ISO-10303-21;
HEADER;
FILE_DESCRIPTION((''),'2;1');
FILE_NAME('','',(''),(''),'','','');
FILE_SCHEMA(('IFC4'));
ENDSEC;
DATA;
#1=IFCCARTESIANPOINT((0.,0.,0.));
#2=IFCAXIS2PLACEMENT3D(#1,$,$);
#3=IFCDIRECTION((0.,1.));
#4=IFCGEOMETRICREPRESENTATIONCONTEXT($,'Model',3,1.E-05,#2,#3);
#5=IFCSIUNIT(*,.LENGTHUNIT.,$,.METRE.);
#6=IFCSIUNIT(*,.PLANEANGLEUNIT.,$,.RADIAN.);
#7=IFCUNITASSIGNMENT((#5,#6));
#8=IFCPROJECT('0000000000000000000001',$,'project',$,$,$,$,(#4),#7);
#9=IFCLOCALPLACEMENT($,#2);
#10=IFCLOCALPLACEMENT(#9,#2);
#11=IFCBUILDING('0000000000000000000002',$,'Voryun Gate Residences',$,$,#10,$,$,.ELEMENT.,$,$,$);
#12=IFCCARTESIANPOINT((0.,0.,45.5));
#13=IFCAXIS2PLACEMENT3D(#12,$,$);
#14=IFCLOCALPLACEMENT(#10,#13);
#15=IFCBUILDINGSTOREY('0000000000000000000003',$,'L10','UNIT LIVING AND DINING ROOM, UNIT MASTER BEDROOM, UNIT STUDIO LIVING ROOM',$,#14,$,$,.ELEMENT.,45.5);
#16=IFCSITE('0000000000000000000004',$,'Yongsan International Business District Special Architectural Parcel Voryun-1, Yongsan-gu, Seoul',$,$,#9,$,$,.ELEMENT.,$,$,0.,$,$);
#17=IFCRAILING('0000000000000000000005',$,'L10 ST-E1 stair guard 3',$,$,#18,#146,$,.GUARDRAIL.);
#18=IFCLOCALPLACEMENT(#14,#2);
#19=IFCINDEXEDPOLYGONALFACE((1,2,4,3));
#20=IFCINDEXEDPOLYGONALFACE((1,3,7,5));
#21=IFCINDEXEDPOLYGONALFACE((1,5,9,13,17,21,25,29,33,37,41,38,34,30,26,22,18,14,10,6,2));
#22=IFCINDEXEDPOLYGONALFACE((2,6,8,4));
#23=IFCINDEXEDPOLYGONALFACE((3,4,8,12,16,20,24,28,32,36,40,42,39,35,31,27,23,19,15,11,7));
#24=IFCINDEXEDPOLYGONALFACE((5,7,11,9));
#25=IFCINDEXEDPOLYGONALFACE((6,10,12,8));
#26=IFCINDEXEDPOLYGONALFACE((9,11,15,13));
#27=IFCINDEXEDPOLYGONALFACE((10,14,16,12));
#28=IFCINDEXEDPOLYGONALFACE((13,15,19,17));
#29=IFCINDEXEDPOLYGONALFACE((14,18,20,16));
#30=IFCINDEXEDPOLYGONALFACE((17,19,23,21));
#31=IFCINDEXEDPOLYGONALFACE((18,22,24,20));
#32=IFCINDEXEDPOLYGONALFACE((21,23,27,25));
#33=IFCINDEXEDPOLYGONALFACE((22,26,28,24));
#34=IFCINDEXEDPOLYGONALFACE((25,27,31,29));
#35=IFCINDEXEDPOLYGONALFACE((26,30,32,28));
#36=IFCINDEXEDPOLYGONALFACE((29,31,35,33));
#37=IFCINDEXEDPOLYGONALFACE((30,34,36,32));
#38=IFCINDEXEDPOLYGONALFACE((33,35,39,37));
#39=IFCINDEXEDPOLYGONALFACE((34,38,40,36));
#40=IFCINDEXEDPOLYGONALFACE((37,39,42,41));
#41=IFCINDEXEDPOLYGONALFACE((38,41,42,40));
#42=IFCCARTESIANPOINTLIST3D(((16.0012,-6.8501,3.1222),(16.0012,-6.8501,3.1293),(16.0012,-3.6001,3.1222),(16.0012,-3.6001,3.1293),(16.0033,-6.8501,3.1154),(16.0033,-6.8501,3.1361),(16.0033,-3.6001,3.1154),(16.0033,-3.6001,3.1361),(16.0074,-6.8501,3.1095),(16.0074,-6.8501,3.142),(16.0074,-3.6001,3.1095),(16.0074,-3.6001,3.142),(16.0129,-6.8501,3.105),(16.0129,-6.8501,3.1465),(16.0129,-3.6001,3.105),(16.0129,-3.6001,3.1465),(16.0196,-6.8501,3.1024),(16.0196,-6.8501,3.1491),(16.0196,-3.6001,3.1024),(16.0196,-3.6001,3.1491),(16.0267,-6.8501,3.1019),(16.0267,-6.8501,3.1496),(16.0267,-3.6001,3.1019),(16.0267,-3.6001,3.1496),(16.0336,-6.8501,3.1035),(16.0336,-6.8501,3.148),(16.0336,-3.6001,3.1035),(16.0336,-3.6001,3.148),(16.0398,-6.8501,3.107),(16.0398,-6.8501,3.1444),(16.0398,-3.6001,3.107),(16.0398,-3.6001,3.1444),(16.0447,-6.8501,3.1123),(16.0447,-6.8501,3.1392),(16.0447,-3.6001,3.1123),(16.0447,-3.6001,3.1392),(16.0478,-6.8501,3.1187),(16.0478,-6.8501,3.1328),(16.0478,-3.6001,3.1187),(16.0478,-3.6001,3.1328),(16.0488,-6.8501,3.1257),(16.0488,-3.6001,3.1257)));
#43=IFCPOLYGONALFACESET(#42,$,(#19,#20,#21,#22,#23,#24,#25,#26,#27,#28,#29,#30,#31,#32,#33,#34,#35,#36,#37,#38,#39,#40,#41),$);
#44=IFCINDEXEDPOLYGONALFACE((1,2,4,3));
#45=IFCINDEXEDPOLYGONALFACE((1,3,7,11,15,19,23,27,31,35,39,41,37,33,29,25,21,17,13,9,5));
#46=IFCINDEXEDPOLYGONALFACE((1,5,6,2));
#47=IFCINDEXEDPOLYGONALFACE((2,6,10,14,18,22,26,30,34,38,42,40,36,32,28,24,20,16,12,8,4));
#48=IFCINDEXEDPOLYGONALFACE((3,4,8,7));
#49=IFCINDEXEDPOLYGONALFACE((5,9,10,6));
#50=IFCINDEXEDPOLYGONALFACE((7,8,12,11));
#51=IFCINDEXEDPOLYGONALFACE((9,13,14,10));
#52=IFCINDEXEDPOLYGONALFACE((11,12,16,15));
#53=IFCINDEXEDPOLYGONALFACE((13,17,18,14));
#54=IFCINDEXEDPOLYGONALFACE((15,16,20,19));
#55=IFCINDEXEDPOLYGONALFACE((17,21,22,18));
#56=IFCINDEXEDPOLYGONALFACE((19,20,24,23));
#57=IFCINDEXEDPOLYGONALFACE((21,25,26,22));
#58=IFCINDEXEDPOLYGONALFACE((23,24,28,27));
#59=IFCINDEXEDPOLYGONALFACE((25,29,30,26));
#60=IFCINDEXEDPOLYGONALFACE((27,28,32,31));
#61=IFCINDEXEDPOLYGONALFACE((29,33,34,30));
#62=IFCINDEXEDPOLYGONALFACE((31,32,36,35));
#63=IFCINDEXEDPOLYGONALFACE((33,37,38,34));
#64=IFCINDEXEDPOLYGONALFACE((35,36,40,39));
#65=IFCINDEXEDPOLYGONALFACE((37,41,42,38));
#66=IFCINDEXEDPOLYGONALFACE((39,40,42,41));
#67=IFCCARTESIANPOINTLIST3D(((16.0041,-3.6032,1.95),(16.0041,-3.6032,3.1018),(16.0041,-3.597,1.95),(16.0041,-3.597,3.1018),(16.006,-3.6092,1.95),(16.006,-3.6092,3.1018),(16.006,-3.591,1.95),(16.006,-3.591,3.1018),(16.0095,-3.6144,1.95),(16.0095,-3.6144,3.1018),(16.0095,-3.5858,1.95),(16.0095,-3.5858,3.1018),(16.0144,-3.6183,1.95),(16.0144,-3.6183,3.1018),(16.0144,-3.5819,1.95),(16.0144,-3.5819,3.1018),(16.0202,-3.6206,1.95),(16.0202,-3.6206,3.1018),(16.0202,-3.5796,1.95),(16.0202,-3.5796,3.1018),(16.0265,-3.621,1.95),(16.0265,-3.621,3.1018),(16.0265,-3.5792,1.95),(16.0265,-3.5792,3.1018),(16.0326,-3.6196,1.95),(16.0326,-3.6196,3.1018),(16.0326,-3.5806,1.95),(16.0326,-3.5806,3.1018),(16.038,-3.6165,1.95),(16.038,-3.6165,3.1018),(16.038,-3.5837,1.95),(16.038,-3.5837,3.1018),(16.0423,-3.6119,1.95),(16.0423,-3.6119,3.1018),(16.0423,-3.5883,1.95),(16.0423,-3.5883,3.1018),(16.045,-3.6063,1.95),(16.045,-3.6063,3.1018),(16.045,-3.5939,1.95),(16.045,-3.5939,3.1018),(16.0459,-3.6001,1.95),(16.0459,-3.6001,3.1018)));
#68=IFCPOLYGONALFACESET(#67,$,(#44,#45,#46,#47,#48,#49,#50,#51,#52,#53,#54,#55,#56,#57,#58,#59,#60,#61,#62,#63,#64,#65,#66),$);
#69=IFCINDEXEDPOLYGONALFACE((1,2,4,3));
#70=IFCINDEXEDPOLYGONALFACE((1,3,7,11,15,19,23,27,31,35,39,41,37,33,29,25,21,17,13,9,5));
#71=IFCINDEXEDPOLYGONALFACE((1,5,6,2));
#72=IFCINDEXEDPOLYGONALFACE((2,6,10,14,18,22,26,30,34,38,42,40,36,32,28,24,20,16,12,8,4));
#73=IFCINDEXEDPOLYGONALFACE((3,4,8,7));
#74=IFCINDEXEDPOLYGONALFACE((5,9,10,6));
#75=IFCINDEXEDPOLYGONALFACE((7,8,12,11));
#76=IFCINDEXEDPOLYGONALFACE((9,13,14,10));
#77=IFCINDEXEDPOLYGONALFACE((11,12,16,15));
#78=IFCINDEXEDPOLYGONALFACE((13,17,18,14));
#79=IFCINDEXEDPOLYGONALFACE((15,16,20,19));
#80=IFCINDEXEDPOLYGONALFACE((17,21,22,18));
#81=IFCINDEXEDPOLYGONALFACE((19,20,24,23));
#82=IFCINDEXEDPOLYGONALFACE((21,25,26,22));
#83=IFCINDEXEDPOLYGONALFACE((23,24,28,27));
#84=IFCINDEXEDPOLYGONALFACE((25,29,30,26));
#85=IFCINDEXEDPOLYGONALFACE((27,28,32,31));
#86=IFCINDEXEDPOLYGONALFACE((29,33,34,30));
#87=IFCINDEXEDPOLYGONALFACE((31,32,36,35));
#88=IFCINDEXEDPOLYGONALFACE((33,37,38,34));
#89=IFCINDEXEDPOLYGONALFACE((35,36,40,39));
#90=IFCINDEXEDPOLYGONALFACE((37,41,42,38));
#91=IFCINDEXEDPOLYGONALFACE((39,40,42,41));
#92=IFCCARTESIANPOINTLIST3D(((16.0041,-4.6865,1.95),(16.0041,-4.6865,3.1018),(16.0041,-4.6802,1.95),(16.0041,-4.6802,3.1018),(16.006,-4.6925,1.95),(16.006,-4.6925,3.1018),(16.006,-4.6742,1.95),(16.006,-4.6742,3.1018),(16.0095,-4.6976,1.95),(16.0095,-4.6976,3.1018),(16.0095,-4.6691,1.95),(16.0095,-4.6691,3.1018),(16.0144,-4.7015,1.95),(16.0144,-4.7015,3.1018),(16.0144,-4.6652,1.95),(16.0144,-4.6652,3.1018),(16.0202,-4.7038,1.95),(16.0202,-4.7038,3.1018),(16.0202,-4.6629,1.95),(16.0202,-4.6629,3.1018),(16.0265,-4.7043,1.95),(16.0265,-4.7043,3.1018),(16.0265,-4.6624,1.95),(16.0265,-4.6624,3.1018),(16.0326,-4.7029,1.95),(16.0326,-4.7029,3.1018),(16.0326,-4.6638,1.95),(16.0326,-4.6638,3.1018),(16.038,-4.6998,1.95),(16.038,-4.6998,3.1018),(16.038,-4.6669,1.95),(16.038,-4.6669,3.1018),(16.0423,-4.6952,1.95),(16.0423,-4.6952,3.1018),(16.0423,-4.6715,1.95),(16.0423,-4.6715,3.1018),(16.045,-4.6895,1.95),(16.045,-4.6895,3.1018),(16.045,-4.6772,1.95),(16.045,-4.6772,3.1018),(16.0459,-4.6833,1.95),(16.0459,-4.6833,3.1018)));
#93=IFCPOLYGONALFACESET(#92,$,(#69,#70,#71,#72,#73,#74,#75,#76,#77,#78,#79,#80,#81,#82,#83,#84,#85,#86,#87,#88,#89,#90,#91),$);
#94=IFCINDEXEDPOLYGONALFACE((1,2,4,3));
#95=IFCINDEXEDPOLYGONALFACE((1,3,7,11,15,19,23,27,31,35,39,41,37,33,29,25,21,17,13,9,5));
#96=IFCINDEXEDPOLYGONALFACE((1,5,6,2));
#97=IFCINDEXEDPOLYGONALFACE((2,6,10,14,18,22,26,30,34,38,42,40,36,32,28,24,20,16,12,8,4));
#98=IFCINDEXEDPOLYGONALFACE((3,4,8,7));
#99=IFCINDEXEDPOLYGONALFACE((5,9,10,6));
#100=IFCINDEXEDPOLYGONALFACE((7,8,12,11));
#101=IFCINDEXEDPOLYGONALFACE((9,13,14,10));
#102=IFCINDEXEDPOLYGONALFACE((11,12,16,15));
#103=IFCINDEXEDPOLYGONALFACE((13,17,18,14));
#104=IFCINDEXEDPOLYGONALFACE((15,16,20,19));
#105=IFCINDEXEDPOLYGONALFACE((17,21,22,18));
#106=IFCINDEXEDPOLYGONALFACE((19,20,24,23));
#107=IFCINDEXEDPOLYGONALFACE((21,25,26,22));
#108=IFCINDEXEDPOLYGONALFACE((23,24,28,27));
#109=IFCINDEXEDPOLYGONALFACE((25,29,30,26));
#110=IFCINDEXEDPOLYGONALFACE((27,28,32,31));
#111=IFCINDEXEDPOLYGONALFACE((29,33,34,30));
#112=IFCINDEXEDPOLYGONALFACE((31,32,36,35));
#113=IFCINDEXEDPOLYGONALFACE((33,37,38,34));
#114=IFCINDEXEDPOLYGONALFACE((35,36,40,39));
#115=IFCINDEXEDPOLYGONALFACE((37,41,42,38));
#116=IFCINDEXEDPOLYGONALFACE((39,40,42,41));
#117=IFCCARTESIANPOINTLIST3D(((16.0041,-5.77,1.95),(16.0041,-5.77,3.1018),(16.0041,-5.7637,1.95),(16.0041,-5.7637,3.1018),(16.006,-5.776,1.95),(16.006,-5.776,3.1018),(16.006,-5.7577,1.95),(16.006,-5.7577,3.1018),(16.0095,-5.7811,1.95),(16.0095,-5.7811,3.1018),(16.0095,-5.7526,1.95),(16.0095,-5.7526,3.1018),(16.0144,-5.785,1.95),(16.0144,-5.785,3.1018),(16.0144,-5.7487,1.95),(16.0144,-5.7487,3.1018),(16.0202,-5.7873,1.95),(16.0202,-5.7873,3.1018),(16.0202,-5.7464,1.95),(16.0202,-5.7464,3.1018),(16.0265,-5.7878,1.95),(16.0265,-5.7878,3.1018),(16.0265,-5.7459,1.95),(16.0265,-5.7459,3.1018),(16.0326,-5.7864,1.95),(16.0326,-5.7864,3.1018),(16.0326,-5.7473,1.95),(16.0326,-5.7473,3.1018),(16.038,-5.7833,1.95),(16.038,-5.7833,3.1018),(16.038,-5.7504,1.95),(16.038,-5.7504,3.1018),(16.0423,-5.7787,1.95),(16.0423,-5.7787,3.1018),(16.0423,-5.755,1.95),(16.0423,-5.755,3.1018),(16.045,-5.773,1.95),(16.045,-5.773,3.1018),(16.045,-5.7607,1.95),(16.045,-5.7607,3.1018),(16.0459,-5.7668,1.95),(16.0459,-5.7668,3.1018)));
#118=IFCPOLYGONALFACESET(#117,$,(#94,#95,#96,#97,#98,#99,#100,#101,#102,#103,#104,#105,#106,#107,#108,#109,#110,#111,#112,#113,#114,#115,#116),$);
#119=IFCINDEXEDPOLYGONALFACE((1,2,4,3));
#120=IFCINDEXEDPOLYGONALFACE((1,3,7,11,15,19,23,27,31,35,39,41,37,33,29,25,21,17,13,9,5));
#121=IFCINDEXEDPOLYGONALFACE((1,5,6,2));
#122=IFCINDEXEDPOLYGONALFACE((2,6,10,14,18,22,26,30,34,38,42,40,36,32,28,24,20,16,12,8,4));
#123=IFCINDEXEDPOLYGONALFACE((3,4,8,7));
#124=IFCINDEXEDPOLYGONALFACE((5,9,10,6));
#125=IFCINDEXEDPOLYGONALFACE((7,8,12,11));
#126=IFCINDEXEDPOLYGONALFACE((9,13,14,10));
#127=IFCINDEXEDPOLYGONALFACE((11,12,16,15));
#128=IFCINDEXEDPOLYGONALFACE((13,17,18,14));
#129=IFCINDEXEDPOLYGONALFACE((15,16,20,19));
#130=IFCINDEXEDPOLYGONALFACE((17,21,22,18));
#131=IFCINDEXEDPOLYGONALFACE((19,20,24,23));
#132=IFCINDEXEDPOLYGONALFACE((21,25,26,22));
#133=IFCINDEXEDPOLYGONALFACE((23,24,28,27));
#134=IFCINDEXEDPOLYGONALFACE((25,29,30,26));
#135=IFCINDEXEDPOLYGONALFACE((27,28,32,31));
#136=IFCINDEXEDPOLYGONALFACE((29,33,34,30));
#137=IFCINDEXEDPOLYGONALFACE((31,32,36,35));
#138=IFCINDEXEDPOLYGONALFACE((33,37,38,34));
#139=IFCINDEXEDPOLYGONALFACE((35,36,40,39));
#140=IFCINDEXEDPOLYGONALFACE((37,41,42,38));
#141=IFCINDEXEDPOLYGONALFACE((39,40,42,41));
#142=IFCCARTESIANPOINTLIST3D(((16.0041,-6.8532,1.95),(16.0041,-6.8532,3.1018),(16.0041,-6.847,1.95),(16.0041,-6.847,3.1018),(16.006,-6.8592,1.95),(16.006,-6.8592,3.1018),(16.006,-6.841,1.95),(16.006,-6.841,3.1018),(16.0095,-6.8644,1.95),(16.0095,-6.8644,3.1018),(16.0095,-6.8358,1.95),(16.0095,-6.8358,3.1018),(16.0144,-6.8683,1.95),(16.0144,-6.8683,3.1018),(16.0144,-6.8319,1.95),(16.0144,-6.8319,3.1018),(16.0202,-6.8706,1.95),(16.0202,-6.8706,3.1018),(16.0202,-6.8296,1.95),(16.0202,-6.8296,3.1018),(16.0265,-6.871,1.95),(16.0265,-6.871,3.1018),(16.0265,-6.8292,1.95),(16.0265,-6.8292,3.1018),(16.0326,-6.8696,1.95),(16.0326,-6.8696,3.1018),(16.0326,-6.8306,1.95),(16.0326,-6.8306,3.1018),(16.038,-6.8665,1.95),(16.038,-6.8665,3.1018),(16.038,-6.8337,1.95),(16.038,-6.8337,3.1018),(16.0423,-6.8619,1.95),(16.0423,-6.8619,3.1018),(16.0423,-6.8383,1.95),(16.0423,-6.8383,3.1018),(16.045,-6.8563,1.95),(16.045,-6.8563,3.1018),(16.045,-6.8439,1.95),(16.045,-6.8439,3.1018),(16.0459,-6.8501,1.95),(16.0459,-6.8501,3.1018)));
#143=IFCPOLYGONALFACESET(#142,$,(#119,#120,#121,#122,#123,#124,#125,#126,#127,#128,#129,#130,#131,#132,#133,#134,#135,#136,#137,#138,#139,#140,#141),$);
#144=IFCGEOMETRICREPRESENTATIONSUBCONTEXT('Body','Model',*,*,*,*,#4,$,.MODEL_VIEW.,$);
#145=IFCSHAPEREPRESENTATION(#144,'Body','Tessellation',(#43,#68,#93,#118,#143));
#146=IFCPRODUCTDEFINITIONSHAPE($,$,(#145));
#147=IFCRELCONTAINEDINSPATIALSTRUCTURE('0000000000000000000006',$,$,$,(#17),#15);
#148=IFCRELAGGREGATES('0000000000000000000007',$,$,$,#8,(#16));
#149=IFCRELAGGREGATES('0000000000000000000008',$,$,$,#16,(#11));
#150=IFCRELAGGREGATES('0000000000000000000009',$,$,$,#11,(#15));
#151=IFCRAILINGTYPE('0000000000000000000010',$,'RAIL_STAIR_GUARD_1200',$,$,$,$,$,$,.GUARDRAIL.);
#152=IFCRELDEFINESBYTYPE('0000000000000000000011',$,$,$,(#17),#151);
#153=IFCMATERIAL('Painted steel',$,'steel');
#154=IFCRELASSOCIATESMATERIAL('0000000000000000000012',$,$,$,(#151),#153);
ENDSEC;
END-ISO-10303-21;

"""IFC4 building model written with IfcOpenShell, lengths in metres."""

from ifc_helpers import new_model, si_unit, direction, frame, origin, origin_2d, place, context, subcontext, project, spatial, circle, extrude, material, type_object, element, save


model = new_model("IFC4")

# Units and contexts
model_context = context("Model", 3, precision=1e-05, world=origin(), true_north=direction((0.0, 1.0)))
body_context = subcontext(model_context, "Body", "Model", "MODEL_VIEW")
ifc_project = project(units=[si_unit("LENGTHUNIT", "METRE"), si_unit("PLANEANGLEUNIT", "RADIAN")], contexts=[model_context])

# Site, building, storey
site_placement = place(None, origin())
site = spatial("IfcSite", under=ifc_project, at=site_placement, Name="Yongsan International Business District Special Architectural Parcel Voryun-1, Yongsan-gu, Seoul", CompositionType="ELEMENT", RefElevation=0.0)
building_placement = place(site_placement, origin())
building = spatial("IfcBuilding", under=site, at=building_placement, Name="Voryun Gate Residences", CompositionType="ELEMENT")
storey_placement = place(building_placement, frame((0.0, 0.0, 45.5)))
storey = spatial("IfcBuildingStorey", under=building, at=storey_placement, Name="L10", Description="UNIT LIVING AND DINING ROOM, UNIT MASTER BEDROOM, UNIT STUDIO LIVING ROOM", CompositionType="ELEMENT", Elevation=45.5)

# Railing
ifc_material_1 = material(Name="Painted steel", Category="steel")
railing_type_1 = type_object("IfcRailingType", Name="RAIL_STAIR_GUARD_1200", PredefinedType="GUARDRAIL", material=ifc_material_1)
for number, where, name in (
    (1, (16.0249, -3.6001, 1.95), "L10 ST-E1 stair guard 3"),
):
    element("IfcRailing", number, at=place(storey_placement, frame(where)), inside=storey, type_object=railing_type_1, Name=name, PredefinedType="GUARDRAIL", context=body_context, shape_type="SweptSolid", body=[
        extrude(circle(Radius=0.0239, at=origin_2d()), frame((0.0, 0.0, 1.1758), z_axis=(0.0, -1.0, 0.0), x_axis=(1.0, 0.0, 0.0)), (0.0, 0.0, 1.0), 3.25),
        extrude(circle(Radius=0.021, at=origin_2d()), origin(), (0.0, 0.0, 1.0), 1.1519),
        extrude(circle(Radius=0.021, at=origin_2d()), frame((0.0, -1.0833, 0.0)), (0.0, 0.0, 1.0), 1.1519),
        extrude(circle(Radius=0.021, at=origin_2d()), frame((0.0, -2.1667, 0.0)), (0.0, 0.0, 1.0), 1.1519),
        extrude(circle(Radius=0.021, at=origin_2d()), frame((0.0, -3.25, 0.0)), (0.0, 0.0, 1.0), 1.1519),
    ])

save(model, "model.ifc")
